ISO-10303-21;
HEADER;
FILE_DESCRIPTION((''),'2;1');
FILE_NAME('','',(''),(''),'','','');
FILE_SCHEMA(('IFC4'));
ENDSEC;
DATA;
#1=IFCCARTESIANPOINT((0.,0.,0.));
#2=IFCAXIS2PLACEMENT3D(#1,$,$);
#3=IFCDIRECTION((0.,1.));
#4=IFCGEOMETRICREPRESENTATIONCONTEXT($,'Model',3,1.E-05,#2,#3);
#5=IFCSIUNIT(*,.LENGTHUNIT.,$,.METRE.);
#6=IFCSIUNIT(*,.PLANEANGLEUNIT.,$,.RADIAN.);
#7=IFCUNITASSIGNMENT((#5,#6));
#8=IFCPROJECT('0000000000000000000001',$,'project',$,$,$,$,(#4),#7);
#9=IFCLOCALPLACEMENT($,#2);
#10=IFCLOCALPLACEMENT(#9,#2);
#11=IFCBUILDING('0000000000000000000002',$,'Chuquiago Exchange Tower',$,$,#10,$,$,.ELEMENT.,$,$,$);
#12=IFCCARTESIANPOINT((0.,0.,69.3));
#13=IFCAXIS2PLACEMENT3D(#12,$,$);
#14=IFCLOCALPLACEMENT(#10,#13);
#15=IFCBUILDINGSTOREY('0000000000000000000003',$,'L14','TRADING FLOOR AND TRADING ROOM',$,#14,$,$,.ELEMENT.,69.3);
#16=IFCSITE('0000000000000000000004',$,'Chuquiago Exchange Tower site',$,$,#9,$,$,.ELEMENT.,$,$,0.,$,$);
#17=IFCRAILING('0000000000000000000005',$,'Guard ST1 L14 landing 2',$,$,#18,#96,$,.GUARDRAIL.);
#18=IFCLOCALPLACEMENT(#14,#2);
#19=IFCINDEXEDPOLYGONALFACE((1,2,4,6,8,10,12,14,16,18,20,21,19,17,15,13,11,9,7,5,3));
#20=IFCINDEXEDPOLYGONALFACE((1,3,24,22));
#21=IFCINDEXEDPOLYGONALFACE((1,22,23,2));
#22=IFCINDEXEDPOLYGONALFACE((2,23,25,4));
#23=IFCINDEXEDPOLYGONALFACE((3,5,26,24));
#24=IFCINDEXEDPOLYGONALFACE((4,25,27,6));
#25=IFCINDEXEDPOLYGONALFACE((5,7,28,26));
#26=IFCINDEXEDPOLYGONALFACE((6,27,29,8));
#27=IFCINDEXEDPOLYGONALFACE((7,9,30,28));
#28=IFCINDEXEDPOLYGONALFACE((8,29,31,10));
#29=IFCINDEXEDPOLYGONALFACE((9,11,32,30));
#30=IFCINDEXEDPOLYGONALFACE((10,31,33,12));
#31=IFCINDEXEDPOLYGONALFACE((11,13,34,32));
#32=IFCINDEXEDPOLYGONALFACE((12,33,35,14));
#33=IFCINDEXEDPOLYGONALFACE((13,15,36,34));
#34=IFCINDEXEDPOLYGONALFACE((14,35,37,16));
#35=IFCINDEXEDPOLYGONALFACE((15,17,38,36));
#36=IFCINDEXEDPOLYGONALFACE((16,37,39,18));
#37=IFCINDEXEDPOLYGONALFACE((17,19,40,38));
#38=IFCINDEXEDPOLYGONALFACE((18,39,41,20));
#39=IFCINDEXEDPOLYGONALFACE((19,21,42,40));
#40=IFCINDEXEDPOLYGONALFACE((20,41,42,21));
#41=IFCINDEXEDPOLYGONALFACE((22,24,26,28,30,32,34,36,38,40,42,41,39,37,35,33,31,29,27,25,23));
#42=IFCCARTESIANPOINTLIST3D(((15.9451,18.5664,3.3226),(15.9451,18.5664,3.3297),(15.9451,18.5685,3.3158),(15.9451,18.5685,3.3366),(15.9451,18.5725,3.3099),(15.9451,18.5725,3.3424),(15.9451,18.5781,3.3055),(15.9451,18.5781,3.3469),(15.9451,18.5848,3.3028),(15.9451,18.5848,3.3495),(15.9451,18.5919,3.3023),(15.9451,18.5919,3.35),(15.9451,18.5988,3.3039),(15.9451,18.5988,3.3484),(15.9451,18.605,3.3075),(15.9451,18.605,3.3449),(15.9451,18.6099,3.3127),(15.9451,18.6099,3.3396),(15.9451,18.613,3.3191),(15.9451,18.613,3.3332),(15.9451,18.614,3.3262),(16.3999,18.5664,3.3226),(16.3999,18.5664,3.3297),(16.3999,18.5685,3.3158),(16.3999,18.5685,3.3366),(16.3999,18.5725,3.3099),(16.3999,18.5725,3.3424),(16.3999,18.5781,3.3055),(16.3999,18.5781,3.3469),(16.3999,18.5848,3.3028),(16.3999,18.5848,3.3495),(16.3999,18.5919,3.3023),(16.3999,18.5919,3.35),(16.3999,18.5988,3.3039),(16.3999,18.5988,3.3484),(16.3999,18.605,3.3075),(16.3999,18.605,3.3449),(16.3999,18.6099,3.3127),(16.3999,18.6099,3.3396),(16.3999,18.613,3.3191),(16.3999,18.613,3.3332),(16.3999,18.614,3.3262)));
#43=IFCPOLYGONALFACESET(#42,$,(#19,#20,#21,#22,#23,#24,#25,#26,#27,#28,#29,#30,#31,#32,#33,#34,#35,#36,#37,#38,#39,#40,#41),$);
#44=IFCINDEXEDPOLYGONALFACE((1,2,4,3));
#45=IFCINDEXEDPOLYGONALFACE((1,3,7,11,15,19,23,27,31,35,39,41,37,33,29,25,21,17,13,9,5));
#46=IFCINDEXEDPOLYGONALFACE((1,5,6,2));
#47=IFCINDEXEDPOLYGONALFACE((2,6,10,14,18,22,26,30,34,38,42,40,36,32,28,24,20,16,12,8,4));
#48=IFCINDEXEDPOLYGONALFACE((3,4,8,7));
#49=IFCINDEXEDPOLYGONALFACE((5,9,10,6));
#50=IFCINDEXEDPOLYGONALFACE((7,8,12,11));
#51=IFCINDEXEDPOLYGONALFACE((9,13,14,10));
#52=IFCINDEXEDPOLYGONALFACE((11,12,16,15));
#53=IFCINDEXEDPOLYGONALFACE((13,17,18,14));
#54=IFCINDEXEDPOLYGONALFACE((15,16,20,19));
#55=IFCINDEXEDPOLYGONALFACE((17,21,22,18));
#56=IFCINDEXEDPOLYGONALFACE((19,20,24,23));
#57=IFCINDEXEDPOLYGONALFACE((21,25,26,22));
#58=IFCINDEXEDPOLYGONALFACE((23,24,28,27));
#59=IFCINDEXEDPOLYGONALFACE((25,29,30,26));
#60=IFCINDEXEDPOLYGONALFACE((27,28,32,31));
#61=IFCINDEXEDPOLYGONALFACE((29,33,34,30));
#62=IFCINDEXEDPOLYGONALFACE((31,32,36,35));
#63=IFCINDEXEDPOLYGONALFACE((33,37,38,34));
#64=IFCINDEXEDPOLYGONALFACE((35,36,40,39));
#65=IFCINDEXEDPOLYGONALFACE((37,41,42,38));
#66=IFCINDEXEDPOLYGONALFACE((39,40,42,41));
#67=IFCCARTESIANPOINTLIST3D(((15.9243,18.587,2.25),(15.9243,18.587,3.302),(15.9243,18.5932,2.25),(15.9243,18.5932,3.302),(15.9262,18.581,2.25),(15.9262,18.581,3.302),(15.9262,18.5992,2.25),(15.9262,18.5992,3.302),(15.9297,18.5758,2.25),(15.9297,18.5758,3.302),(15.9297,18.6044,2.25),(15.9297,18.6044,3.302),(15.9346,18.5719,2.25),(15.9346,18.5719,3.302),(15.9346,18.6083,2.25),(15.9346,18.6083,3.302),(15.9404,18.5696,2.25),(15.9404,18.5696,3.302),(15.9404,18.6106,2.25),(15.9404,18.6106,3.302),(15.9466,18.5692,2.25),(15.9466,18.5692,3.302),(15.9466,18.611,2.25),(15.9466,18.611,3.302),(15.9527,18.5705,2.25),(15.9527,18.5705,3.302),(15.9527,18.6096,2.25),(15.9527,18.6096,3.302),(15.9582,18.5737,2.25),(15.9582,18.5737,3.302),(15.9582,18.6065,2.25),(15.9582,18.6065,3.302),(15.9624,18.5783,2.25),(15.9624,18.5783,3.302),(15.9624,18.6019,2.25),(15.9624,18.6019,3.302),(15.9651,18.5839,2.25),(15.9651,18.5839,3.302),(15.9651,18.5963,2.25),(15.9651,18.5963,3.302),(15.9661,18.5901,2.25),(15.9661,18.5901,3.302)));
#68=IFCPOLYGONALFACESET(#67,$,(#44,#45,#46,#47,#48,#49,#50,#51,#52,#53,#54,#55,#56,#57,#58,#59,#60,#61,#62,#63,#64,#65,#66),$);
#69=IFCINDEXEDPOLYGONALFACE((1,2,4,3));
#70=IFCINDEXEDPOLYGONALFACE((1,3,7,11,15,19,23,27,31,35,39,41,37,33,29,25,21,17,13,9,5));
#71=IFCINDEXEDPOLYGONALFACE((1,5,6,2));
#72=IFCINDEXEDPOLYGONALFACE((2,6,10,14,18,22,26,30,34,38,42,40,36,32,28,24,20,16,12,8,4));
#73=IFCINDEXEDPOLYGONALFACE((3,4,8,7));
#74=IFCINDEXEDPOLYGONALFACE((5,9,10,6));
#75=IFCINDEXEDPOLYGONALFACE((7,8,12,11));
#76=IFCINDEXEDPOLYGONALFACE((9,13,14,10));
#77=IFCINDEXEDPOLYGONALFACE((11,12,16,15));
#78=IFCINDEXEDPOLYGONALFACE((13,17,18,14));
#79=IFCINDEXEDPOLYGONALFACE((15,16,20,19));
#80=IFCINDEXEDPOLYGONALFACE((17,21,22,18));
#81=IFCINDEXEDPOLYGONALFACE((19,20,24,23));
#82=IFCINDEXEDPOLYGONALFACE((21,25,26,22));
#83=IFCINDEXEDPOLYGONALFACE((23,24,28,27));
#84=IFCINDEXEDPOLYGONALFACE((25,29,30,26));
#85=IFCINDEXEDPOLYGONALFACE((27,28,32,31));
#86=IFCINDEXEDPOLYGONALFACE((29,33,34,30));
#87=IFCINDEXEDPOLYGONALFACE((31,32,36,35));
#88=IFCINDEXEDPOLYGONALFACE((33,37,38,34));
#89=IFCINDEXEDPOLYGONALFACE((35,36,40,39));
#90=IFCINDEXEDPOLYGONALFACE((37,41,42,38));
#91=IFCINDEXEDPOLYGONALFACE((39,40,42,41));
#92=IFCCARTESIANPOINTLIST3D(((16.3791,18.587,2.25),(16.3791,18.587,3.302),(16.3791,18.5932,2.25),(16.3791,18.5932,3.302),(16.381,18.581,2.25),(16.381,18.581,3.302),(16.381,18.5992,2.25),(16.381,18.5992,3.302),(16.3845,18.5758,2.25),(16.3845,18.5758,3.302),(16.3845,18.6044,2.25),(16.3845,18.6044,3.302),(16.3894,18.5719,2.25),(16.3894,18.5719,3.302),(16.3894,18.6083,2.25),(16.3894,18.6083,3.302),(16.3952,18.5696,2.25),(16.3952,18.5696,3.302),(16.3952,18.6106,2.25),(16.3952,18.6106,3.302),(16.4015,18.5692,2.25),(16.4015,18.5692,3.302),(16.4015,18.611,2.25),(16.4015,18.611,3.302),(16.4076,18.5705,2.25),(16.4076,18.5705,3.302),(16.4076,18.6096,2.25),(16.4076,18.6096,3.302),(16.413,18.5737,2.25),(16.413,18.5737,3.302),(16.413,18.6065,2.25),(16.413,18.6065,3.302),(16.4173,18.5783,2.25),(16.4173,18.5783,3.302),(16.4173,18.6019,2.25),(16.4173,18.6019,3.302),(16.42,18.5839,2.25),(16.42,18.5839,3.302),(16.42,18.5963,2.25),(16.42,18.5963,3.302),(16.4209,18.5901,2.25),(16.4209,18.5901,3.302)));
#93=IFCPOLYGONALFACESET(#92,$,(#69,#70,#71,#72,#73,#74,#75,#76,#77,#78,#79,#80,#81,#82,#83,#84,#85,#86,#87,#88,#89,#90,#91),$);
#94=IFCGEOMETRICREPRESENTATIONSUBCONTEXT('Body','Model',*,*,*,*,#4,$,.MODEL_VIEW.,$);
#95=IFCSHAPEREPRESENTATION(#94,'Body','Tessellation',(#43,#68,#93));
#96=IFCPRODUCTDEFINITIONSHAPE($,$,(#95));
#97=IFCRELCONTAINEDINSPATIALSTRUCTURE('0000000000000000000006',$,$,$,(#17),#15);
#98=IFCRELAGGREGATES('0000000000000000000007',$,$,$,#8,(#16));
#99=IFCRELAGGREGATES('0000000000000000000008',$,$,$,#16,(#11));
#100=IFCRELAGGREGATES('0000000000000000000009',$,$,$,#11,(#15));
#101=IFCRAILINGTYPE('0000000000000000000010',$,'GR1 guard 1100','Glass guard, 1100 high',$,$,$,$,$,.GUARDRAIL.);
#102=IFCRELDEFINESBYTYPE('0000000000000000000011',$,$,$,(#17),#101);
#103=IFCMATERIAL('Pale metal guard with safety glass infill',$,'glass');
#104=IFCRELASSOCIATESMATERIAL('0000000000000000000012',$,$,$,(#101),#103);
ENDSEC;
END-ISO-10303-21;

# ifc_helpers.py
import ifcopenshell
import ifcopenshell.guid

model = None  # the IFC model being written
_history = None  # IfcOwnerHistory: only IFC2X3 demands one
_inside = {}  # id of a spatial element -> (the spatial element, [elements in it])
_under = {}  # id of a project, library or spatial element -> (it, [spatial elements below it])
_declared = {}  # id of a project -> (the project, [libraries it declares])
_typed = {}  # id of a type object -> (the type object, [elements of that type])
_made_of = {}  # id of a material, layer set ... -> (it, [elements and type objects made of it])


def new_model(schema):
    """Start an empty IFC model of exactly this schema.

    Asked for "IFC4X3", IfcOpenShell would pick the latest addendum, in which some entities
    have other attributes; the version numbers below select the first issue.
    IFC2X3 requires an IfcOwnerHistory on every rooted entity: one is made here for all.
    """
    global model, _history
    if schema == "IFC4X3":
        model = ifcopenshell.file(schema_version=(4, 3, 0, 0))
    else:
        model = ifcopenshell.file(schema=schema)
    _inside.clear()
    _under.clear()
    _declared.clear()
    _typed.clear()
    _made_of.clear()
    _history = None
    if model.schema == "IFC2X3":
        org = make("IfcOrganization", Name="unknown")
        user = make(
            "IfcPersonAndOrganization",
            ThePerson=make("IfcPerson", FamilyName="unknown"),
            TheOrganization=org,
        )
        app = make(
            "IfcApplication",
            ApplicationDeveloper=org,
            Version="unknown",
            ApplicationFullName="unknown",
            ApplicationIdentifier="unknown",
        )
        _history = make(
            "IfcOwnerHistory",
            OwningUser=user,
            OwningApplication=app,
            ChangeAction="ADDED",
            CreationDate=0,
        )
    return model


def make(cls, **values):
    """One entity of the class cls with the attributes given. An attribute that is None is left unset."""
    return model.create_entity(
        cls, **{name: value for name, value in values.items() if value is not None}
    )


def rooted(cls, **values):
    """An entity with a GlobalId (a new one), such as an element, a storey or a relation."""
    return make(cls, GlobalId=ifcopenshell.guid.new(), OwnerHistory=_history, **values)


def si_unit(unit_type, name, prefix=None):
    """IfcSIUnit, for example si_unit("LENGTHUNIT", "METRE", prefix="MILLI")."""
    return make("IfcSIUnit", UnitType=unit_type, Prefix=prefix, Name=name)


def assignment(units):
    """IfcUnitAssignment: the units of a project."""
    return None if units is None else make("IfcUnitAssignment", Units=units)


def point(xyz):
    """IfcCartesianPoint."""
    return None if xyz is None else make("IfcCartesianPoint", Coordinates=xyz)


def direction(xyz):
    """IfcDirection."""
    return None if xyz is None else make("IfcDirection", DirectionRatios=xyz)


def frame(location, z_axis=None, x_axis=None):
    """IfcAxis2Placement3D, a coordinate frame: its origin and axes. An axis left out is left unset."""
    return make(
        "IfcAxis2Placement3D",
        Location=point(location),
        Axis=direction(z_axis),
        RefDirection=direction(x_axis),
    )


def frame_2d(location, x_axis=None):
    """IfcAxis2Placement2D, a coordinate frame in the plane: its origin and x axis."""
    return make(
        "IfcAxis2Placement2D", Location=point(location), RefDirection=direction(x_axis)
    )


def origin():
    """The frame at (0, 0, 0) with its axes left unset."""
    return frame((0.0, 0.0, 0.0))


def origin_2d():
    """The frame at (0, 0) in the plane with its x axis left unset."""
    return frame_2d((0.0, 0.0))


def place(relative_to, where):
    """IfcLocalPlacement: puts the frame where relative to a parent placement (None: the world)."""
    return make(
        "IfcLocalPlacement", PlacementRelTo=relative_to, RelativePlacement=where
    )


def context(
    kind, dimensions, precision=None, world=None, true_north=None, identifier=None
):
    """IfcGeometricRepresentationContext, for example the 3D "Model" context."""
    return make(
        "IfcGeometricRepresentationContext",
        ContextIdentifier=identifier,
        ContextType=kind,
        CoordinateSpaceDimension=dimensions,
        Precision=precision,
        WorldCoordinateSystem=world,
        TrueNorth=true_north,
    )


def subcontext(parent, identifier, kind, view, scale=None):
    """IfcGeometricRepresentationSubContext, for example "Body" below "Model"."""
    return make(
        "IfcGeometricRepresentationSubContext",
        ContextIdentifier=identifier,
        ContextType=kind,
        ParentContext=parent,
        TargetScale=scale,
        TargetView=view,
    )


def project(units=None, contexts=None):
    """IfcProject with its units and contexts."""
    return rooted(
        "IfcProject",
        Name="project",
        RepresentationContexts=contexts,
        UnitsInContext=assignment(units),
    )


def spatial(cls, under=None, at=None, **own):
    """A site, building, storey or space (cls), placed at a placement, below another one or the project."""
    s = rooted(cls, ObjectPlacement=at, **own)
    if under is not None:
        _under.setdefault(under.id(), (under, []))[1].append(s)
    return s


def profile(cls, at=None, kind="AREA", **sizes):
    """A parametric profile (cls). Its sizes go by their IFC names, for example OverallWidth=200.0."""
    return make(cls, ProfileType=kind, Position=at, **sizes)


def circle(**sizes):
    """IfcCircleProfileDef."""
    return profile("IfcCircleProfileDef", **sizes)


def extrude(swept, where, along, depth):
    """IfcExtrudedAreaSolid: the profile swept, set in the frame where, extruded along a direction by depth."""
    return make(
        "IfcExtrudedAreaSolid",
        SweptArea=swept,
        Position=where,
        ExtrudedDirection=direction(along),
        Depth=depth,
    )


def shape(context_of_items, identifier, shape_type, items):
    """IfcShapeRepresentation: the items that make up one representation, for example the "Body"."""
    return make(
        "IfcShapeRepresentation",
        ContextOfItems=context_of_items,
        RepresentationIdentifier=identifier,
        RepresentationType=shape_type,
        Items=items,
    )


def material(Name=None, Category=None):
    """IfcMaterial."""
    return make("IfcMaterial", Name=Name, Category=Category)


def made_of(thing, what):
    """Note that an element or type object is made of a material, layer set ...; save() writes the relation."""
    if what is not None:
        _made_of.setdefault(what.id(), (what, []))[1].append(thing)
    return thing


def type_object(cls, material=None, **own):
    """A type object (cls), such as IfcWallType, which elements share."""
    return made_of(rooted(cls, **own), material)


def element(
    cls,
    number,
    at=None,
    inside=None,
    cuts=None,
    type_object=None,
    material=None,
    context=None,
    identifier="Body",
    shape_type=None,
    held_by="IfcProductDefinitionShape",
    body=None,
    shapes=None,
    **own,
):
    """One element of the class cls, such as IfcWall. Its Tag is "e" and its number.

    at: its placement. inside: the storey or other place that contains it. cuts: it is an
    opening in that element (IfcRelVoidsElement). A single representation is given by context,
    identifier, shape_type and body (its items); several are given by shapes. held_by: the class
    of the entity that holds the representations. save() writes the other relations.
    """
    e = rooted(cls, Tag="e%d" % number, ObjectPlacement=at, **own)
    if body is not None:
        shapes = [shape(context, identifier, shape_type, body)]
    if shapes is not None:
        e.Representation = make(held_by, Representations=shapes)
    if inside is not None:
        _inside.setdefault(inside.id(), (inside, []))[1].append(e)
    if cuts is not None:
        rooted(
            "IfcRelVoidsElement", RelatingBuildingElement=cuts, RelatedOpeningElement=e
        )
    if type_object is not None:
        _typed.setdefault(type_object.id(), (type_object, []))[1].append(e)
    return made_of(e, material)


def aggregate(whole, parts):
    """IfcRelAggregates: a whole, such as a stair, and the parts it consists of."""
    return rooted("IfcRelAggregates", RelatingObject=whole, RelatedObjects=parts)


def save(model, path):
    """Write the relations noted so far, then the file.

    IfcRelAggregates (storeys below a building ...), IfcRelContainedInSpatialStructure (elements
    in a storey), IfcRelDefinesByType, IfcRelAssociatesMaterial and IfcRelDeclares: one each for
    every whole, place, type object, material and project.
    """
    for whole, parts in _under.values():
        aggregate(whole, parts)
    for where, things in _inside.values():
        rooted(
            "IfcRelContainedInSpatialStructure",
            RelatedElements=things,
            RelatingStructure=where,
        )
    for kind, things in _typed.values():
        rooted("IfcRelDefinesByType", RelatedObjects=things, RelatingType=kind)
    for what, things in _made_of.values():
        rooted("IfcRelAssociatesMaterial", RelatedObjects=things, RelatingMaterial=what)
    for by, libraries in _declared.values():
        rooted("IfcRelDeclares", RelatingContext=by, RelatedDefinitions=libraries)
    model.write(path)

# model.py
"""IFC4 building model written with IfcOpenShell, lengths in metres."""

from ifc_helpers import new_model, si_unit, direction, frame, origin, origin_2d, place, context, subcontext, project, spatial, circle, extrude, material, type_object, element, save


model = new_model("IFC4")

# Units and contexts
model_context = context("Model", 3, precision=1e-05, world=origin(), true_north=direction((0.0, 1.0)))
body_context = subcontext(model_context, "Body", "Model", "MODEL_VIEW")
ifc_project = project(units=[si_unit("LENGTHUNIT", "METRE"), si_unit("PLANEANGLEUNIT", "RADIAN")], contexts=[model_context])

# Site, building, storey
site_placement = place(None, origin())
site = spatial("IfcSite", under=ifc_project, at=site_placement, Name="Chuquiago Exchange Tower site", CompositionType="ELEMENT", RefElevation=0.0)
building_placement = place(site_placement, origin())
building = spatial("IfcBuilding", under=site, at=building_placement, Name="Chuquiago Exchange Tower", CompositionType="ELEMENT")
storey_placement = place(building_placement, frame((0.0, 0.0, 69.3)))
storey = spatial("IfcBuildingStorey", under=building, at=storey_placement, Name="L14", Description="TRADING FLOOR AND TRADING ROOM", CompositionType="ELEMENT", Elevation=69.3)

# Railing
ifc_material_1 = material(Name="Pale metal guard with safety glass infill", Category="glass")
railing_type_1 = type_object("IfcRailingType", Name="GR1 guard 1100", Description="Glass guard, 1100 high", PredefinedType="GUARDRAIL", material=ifc_material_1)
for number, where, name in (
    (1, (15.9451, 18.5901, 2.25), "Guard ST1 L14 landing 2"),
):
    element("IfcRailing", number, at=place(storey_placement, frame(where)), inside=storey, type_object=railing_type_1, Name=name, PredefinedType="GUARDRAIL", context=body_context, shape_type="SweptSolid", body=[
        extrude(circle(Radius=0.0239, at=origin_2d()), frame((0.0, 0.0, 1.0762), z_axis=(1.0, 0.0, 0.0), x_axis=(0.0, 1.0, 0.0)), (0.0, 0.0, 1.0), 0.4548),
        extrude(circle(Radius=0.021, at=origin_2d()), origin(), (0.0, 0.0, 1.0), 1.052),
        extrude(circle(Radius=0.021, at=origin_2d()), frame((0.4548, 0.0, 0.0)), (0.0, 0.0, 1.0), 1.052),
    ])

save(model, "model.ifc")
